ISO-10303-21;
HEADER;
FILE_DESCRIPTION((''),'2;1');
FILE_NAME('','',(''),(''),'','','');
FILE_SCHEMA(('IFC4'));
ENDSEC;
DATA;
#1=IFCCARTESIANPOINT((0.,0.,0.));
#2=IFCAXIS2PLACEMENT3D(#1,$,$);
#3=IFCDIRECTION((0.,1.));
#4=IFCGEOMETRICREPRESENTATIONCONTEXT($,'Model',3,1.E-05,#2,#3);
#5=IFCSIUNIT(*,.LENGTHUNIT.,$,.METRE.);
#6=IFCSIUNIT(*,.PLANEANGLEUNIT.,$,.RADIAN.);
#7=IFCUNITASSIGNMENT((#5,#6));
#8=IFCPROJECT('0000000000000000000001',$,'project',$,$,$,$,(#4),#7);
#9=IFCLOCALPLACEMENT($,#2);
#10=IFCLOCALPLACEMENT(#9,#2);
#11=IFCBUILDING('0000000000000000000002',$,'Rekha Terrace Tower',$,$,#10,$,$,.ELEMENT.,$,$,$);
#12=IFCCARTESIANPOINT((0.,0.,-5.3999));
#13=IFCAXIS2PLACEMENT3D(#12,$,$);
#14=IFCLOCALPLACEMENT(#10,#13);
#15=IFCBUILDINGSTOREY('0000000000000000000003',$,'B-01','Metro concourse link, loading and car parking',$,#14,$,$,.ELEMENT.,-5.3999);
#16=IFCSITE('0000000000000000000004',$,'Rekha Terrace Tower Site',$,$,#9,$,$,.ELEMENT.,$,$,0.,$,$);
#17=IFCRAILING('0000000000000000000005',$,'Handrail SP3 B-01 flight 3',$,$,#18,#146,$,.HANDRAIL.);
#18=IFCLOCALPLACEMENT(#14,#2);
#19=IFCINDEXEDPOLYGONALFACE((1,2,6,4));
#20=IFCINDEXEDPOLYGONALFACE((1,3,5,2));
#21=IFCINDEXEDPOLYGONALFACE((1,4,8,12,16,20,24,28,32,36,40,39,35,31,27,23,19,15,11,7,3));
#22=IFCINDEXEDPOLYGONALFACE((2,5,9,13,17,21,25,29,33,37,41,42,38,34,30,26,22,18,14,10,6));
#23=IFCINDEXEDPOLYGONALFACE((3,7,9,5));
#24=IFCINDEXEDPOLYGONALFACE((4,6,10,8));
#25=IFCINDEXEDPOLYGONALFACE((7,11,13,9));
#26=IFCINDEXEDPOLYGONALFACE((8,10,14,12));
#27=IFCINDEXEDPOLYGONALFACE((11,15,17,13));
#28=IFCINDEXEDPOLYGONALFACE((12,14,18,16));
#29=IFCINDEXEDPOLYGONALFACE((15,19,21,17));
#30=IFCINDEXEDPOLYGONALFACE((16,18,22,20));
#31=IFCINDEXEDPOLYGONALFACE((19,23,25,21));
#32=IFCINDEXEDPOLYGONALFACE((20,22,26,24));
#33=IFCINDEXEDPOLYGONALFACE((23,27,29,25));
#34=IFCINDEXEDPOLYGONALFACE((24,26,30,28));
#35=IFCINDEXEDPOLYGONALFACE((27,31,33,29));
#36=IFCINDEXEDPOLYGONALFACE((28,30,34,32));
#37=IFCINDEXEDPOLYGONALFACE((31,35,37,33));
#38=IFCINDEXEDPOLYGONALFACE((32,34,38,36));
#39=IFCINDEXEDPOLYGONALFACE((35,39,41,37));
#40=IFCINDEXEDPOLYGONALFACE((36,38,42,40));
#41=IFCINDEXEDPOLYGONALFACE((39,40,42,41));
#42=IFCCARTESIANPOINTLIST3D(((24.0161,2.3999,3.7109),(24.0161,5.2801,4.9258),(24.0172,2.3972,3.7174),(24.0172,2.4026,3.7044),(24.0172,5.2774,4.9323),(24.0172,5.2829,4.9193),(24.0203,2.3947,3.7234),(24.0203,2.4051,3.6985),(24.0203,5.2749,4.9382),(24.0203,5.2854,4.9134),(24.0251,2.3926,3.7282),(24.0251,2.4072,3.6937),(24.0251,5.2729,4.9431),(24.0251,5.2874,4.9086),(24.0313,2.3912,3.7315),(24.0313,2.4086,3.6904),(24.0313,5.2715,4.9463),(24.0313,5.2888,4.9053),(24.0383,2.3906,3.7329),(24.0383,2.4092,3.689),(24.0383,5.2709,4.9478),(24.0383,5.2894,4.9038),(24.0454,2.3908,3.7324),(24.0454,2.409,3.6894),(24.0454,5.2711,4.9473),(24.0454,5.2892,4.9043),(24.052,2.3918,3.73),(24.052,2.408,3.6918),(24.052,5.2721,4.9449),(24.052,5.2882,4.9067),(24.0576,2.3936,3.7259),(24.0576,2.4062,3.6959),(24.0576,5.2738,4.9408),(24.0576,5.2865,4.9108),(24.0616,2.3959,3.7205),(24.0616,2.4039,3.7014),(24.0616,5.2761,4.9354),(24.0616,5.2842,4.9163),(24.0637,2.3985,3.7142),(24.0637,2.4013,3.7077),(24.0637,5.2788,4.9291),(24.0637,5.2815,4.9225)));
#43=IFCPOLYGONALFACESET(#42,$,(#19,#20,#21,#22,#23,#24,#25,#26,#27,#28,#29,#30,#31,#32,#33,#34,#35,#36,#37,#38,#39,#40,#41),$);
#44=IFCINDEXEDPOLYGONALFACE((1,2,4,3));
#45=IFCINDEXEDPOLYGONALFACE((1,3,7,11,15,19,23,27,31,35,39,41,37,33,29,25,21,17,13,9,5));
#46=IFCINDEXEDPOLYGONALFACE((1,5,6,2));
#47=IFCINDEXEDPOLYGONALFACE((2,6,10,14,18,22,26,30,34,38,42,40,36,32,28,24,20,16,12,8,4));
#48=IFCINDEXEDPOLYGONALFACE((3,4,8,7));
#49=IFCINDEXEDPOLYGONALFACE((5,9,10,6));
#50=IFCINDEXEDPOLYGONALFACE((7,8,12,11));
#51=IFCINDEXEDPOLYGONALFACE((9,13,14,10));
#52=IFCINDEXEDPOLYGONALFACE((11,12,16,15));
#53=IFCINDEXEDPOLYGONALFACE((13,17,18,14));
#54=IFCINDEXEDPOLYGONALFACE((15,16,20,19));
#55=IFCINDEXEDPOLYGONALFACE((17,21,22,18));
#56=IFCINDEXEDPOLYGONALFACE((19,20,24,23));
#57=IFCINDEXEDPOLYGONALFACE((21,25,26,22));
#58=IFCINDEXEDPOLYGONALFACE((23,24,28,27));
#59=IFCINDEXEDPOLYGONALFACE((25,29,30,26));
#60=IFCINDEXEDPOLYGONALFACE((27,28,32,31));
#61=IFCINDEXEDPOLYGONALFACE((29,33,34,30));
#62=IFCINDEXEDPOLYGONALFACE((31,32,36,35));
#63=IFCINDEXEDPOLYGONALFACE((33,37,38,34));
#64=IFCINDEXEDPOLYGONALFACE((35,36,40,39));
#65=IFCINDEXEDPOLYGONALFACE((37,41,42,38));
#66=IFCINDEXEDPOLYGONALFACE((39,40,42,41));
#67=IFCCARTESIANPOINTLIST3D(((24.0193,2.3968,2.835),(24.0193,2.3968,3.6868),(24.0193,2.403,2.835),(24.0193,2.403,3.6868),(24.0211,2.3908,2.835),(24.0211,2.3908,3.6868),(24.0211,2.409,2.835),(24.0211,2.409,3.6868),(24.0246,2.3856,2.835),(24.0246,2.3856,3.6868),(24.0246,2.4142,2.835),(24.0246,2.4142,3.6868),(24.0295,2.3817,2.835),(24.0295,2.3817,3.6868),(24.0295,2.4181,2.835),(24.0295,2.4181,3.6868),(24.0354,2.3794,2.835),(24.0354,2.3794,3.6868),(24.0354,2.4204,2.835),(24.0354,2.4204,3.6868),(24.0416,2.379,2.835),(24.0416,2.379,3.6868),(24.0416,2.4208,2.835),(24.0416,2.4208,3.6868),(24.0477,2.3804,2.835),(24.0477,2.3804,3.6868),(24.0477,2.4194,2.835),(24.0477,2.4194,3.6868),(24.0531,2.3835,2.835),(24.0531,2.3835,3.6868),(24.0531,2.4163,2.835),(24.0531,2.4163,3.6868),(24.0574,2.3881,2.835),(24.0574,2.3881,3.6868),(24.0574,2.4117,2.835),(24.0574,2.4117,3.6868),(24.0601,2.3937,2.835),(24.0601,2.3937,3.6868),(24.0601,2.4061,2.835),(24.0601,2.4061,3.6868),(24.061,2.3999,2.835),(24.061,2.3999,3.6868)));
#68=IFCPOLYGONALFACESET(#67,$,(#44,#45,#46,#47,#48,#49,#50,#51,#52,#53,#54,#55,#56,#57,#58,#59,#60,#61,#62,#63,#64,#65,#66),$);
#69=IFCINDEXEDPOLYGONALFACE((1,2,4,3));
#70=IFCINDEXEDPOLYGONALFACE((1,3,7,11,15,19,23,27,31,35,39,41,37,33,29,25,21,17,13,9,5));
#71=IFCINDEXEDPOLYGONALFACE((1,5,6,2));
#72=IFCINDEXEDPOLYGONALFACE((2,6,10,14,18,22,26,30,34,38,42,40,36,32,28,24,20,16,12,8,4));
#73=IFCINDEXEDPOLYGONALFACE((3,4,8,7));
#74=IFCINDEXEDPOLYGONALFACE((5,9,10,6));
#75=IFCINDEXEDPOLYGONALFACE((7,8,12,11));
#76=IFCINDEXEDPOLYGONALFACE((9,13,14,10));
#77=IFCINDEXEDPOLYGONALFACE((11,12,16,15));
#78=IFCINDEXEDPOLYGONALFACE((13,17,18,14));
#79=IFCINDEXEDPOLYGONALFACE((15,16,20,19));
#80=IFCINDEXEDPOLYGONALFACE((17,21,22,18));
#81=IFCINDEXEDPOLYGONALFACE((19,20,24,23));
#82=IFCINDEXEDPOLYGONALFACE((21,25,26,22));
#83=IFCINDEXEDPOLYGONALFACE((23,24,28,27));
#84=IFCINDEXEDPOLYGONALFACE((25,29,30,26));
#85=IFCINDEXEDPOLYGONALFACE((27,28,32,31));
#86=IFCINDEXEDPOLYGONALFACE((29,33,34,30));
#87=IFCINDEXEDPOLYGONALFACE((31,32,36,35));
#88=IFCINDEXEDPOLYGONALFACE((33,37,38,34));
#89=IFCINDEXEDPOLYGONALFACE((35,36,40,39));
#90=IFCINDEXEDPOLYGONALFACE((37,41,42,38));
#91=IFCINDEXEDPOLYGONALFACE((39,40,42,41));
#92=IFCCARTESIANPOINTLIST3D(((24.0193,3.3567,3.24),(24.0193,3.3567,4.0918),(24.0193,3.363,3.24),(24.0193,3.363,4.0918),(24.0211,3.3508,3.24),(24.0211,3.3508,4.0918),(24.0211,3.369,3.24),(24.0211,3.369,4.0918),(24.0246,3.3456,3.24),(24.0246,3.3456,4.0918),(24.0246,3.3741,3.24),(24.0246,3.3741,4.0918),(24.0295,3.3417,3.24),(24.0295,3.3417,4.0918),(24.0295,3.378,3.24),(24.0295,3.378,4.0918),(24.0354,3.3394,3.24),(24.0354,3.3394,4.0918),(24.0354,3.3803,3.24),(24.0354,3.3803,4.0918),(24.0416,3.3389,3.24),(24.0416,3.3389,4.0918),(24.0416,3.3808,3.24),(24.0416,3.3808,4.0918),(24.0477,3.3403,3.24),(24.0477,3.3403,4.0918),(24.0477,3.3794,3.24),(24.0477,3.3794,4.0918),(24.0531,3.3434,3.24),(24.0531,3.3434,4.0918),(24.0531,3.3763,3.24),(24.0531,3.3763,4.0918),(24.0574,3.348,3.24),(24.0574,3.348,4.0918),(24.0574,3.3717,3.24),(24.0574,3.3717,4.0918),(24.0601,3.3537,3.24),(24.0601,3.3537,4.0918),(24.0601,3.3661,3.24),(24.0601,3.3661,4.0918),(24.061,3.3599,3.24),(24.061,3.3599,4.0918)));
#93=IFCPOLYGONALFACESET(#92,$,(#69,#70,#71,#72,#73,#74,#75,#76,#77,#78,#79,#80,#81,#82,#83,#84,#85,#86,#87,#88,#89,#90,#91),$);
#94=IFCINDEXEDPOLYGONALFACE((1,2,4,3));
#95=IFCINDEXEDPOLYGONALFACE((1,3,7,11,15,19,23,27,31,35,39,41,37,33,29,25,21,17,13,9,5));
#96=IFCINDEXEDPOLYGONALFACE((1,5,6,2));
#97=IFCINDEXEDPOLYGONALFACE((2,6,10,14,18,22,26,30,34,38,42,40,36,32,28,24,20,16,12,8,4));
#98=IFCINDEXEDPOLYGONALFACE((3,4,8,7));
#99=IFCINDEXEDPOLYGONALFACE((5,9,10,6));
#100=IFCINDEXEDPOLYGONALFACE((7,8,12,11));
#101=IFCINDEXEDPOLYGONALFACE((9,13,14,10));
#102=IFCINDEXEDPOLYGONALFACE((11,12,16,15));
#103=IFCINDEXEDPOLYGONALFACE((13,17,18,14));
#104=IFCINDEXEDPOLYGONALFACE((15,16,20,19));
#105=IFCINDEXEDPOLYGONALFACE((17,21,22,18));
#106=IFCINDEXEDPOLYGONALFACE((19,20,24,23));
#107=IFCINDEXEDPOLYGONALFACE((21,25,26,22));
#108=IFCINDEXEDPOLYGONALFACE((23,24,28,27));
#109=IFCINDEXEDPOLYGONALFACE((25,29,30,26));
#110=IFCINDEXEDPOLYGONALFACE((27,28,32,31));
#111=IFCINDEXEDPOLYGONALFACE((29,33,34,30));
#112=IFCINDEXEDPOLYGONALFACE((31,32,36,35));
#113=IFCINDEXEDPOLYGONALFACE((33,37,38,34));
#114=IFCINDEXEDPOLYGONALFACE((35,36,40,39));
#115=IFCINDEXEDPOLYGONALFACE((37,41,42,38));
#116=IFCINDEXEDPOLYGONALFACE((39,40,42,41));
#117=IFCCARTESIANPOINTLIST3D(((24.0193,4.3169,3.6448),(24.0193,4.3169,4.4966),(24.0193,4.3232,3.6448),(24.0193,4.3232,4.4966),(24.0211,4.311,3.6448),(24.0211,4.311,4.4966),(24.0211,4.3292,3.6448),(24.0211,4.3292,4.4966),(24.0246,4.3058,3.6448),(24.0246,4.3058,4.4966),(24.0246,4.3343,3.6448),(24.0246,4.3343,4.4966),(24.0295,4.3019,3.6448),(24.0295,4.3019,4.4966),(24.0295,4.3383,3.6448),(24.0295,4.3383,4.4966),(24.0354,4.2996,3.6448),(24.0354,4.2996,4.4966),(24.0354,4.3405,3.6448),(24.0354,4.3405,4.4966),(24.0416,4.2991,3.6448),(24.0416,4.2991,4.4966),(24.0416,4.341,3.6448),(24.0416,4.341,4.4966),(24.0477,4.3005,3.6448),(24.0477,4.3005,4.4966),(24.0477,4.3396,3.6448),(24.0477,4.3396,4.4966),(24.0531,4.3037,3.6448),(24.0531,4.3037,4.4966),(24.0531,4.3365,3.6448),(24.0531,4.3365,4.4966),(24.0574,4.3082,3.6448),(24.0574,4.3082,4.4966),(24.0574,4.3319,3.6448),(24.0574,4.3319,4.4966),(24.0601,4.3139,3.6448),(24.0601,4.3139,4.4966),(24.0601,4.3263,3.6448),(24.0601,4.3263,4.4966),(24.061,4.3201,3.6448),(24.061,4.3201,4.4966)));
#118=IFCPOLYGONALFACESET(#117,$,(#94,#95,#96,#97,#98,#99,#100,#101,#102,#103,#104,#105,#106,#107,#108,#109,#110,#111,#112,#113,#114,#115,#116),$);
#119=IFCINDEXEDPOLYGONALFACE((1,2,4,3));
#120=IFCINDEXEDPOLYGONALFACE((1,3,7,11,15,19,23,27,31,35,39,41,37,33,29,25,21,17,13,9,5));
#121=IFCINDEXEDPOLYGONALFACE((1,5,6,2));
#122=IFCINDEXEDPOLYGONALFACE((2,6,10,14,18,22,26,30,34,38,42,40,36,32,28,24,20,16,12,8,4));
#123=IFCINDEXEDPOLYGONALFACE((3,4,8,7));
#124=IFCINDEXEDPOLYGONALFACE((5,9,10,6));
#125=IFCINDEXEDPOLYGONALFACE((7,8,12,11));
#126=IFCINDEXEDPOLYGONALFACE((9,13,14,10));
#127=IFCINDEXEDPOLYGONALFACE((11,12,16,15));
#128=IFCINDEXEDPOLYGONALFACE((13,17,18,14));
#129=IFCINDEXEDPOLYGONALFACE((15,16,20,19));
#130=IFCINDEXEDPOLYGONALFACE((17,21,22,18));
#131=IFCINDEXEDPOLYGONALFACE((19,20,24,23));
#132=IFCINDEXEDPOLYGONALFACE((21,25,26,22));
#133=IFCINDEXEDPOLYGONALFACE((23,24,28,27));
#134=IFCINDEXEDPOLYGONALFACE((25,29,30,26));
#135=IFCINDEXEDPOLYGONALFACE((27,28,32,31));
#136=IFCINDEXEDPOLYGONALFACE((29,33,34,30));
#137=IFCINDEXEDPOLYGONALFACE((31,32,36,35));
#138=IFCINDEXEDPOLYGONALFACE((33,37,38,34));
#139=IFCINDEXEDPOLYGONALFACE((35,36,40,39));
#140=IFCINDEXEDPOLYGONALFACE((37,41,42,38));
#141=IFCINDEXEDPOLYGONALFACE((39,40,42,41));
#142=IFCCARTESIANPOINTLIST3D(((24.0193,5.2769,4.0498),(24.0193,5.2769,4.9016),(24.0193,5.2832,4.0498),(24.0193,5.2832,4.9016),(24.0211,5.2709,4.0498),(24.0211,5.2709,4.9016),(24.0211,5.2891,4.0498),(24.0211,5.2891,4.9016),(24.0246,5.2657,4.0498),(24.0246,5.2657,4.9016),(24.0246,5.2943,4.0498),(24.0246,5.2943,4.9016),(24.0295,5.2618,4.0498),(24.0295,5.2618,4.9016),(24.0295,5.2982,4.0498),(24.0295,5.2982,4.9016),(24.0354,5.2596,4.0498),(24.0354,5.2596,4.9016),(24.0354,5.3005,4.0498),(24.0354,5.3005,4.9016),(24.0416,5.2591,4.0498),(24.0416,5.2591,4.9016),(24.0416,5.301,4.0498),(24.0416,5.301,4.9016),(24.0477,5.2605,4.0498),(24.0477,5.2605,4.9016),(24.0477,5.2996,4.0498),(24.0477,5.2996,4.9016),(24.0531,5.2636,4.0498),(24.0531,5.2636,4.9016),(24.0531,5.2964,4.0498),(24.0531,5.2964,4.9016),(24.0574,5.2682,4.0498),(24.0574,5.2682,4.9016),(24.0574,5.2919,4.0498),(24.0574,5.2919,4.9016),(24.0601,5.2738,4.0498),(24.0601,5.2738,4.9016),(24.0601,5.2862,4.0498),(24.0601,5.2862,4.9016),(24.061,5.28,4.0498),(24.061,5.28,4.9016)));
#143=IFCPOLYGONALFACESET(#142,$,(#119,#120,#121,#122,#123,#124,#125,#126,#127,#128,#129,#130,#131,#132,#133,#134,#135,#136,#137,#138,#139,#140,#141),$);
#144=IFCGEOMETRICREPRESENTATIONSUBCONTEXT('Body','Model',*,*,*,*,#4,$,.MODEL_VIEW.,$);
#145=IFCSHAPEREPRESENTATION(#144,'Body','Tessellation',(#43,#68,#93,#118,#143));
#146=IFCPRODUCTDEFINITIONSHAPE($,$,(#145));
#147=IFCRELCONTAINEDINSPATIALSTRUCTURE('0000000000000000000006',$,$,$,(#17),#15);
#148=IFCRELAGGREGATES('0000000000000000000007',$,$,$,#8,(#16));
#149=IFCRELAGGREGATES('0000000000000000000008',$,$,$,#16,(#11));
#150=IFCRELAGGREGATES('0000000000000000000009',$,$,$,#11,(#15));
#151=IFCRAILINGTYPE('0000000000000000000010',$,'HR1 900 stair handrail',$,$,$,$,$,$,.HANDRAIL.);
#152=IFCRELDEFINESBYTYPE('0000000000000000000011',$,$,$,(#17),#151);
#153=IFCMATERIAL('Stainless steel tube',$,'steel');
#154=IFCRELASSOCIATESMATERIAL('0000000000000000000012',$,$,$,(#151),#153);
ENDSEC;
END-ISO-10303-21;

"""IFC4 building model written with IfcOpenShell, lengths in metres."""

from ifc_helpers import new_model, si_unit, direction, frame, origin, origin_2d, place, context, subcontext, project, spatial, circle, extrude, material, type_object, element, save


model = new_model("IFC4")

# Units and contexts
model_context = context("Model", 3, precision=1e-05, world=origin(), true_north=direction((0.0, 1.0)))
body_context = subcontext(model_context, "Body", "Model", "MODEL_VIEW")
ifc_project = project(units=[si_unit("LENGTHUNIT", "METRE"), si_unit("PLANEANGLEUNIT", "RADIAN")], contexts=[model_context])

# Site, building, storey
site_placement = place(None, origin())
site = spatial("IfcSite", under=ifc_project, at=site_placement, Name="Rekha Terrace Tower Site", CompositionType="ELEMENT", RefElevation=0.0)
building_placement = place(site_placement, origin())
building = spatial("IfcBuilding", under=site, at=building_placement, Name="Rekha Terrace Tower", CompositionType="ELEMENT")
storey_placement = place(building_placement, frame((0.0, 0.0, -5.3999)))
storey = spatial("IfcBuildingStorey", under=building, at=storey_placement, Name="B-01", Description="Metro concourse link, loading and car parking", CompositionType="ELEMENT", Elevation=-5.3999)

# Railing
ifc_material_1 = material(Name="Stainless steel tube", Category="steel")
railing_type_1 = type_object("IfcRailingType", Name="HR1 900 stair handrail", PredefinedType="HANDRAIL", material=ifc_material_1)
railing_1_placement = place(storey_placement, frame((24.04, 2.3999, 2.835)))
element("IfcRailing", 1, at=railing_1_placement, inside=storey, type_object=railing_type_1, Name="Handrail SP3 B-01 flight 3", PredefinedType="HANDRAIL", context=body_context, shape_type="SweptSolid", body=[
    extrude(circle(Radius=0.0239, at=origin_2d()), frame((0.0, 0.0, 0.876), z_axis=(0.0, 0.921388, 0.388644), x_axis=(-1.0, 0.0, 0.0)), (0.0, 0.0, 1.0), 3.126),
    extrude(circle(Radius=0.021, at=origin_2d()), origin(), (0.0, 0.0, 1.0), 0.8518),
    extrude(circle(Radius=0.021, at=origin_2d()), frame((0.0, 0.96, 0.405)), (0.0, 0.0, 1.0), 0.8518),
    extrude(circle(Radius=0.021, at=origin_2d()), frame((0.0, 1.9202, 0.8098)), (0.0, 0.0, 1.0), 0.8518),
    extrude(circle(Radius=0.021, at=origin_2d()), frame((0.0, 2.8801, 1.2148)), (0.0, 0.0, 1.0), 0.8518),
])

save(model, "model.ifc")
